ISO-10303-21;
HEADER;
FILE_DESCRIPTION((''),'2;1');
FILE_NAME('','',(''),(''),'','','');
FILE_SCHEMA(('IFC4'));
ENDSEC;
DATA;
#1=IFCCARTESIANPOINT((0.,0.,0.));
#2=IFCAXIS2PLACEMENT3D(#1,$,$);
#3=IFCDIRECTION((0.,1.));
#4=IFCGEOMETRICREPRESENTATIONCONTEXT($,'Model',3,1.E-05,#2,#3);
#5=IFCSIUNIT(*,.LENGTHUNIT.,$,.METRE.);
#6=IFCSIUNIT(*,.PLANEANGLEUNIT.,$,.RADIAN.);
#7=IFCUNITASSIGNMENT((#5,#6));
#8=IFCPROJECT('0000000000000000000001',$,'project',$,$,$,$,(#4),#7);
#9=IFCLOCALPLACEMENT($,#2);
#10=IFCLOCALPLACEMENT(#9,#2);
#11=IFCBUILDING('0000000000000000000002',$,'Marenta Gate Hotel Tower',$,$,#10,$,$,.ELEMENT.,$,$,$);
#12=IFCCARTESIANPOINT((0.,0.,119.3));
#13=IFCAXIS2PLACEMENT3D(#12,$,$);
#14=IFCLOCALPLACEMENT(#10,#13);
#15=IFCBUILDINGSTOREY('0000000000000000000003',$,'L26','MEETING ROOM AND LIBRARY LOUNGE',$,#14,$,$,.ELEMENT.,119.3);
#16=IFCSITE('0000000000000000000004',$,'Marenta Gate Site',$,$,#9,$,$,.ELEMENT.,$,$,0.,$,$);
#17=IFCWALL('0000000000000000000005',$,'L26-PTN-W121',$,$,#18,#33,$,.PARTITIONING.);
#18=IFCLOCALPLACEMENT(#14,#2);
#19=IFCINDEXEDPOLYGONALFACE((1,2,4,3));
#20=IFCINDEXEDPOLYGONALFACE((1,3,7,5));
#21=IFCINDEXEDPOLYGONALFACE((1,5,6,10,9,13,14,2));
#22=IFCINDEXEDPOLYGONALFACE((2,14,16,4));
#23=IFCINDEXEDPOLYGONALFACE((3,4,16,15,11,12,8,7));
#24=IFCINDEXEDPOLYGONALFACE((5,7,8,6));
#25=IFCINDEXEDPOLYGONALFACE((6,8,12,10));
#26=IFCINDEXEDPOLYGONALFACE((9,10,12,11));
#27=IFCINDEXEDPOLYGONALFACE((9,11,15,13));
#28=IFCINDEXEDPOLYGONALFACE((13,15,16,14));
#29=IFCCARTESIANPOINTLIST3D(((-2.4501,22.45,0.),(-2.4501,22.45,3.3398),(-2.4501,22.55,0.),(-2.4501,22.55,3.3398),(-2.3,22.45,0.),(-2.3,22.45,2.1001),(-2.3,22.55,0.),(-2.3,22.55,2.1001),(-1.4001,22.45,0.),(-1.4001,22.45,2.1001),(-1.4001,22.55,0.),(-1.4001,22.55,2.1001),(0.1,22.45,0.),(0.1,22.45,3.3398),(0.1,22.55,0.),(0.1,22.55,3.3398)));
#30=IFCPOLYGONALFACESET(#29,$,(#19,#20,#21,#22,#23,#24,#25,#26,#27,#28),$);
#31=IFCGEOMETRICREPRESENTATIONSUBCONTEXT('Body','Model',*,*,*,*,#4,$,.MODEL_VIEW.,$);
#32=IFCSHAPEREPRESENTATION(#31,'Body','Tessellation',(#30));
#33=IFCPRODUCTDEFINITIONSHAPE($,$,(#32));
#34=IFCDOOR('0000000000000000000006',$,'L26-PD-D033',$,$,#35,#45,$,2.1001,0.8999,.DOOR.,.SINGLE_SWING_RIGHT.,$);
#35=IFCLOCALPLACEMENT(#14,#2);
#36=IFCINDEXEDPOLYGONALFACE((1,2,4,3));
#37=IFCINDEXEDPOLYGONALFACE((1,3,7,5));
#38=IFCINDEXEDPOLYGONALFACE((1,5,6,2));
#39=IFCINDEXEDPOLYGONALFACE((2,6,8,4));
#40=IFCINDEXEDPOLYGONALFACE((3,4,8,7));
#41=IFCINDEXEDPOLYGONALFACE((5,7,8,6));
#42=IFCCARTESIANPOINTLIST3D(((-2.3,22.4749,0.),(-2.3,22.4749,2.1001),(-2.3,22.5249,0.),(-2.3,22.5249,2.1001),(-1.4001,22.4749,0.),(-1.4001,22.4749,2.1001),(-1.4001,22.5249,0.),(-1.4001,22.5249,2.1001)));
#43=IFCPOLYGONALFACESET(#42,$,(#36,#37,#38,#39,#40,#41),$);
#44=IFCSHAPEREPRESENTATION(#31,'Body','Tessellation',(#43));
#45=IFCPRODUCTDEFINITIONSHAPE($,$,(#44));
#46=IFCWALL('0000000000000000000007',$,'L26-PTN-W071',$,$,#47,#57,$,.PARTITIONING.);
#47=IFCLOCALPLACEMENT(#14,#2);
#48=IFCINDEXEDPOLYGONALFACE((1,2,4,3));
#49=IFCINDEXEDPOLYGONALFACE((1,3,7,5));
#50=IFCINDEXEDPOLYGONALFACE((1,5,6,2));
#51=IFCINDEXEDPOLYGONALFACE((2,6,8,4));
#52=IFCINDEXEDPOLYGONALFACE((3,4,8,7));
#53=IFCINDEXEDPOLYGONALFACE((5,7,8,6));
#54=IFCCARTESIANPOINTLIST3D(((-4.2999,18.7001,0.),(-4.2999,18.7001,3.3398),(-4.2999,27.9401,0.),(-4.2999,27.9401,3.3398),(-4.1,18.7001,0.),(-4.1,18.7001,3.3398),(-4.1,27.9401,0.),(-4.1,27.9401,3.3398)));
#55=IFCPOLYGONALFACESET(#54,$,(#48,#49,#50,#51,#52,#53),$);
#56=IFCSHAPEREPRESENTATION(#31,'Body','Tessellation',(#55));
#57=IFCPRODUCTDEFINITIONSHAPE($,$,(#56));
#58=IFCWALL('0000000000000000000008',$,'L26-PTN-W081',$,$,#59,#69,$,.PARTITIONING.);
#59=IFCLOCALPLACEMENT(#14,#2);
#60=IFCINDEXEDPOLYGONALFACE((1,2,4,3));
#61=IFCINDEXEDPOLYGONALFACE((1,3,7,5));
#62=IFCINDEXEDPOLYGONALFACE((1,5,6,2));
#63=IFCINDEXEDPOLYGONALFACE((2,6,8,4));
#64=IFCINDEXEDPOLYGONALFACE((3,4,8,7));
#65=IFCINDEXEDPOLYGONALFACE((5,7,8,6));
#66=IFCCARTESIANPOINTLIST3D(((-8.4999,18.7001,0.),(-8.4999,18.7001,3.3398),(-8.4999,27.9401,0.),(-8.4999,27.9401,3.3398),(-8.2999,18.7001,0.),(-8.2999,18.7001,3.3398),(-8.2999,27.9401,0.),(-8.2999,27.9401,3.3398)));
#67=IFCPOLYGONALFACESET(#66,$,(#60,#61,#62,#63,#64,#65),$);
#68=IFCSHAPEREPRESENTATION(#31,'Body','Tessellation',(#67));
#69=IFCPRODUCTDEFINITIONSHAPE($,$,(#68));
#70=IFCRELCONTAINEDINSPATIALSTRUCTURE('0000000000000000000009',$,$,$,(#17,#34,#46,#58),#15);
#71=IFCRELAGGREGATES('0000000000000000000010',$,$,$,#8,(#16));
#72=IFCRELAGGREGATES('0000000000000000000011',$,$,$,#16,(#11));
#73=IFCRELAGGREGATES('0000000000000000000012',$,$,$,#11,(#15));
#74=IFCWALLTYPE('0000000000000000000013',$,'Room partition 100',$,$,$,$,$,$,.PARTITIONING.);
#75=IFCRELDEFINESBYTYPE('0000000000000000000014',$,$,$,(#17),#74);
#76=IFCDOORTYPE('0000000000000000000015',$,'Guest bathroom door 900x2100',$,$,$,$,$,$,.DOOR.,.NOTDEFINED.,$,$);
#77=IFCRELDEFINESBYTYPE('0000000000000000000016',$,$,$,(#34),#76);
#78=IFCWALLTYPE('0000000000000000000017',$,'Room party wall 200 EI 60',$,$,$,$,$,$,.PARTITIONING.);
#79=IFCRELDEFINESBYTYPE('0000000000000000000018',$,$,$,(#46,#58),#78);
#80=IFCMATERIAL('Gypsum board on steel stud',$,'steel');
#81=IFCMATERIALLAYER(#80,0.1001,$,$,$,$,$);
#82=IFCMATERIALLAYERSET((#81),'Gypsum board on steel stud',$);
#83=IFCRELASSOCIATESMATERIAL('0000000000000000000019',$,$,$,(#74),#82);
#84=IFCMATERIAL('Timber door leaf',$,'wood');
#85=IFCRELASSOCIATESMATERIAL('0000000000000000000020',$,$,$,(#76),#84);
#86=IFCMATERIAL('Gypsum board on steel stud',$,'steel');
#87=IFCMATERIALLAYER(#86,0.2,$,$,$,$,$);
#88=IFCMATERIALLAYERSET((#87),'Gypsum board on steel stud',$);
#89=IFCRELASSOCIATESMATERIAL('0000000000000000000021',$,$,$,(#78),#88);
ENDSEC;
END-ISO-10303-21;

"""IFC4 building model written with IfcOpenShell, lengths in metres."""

from ifc_helpers import new_model, si_unit, direction, frame, frame_2d, origin, place, context, subcontext, project, spatial, rectangle, extrude, material, layer, layer_set, type_object, element, fill, save


model = new_model("IFC4")

# Units and contexts
model_context = context("Model", 3, precision=1e-05, world=origin(), true_north=direction((0.0, 1.0)))
body_context = subcontext(model_context, "Body", "Model", "MODEL_VIEW")
ifc_project = project(units=[si_unit("LENGTHUNIT", "METRE"), si_unit("PLANEANGLEUNIT", "RADIAN")], contexts=[model_context])

# Site, building, storey
site_placement = place(None, origin())
site = spatial("IfcSite", under=ifc_project, at=site_placement, Name="Marenta Gate Site", CompositionType="ELEMENT", RefElevation=0.0)
building_placement = place(site_placement, origin())
building = spatial("IfcBuilding", under=site, at=building_placement, Name="Marenta Gate Hotel Tower", CompositionType="ELEMENT")
storey_placement = place(building_placement, frame((0.0, 0.0, 119.3)))
storey = spatial("IfcBuildingStorey", under=building, at=storey_placement, Name="L26", Description="MEETING ROOM AND LIBRARY LOUNGE", CompositionType="ELEMENT", Elevation=119.3)

# Shared definitions
ifc_material_1 = material(Name="Gypsum board on steel stud", Category="steel")
ifc_layer_1 = layer(ifc_material_1, 0.1001)
ifc_layer_set_1 = layer_set([ifc_layer_1], Name="Gypsum board on steel stud")
wall_type_1 = type_object("IfcWallType", Name="Room partition 100", PredefinedType="PARTITIONING", material=ifc_layer_set_1)

# Wall, opening, door
ifc_material_2 = material(Name="Timber door leaf", Category="wood")
door_type_1 = type_object("IfcDoorType", Name="Guest bathroom door 900x2100", OperationType="NOTDEFINED", PredefinedType="DOOR", material=ifc_material_2)
wall_1_placement = place(storey_placement, frame((-2.45, 22.5, 0.0), z_axis=(0.0, 0.0, 1.0), x_axis=(1.0, 0.0, 0.0)))
wall_1 = element("IfcWall", 1, at=wall_1_placement, inside=storey, type_object=wall_type_1, Name="L26-PTN-W121", PredefinedType="PARTITIONING", context=body_context, shape_type="SweptSolid", body=[
    extrude(rectangle(XDim=2.55, YDim=0.1001, at=frame_2d((1.2749, 0.0))), origin(), (0.0, 0.0, 1.0), 3.3398),
])
opening_1_placement = place(wall_1_placement, frame((0.1499, 0.0, 0.0)))
opening_1 = element("IfcOpeningElement", 2, at=opening_1_placement, cuts=wall_1, PredefinedType="OPENING", context=body_context, shape_type="SweptSolid", body=[
    extrude(rectangle(XDim=0.8999, YDim=2.1001, at=frame_2d((0.45, 1.05))), frame((0.0, 0.05, 0.0), z_axis=(0.0, -1.0, 0.0), x_axis=(1.0, 0.0, 0.0)), (0.0, 0.0, 1.0), 0.1001),
])
door_1_placement = place(opening_1_placement, origin())
door_1 = element("IfcDoor", 3, at=door_1_placement, inside=storey, type_object=door_type_1, Name="L26-PD-D033", OperationType="SINGLE_SWING_RIGHT", OverallHeight=2.1001, OverallWidth=0.8999, PredefinedType="DOOR", context=body_context, shape_type="SweptSolid", body=[
    extrude(rectangle(XDim=0.8999, YDim=2.1001, at=frame_2d((0.45, 1.05))), frame((0.0, 0.0249, 0.0), z_axis=(0.0, -1.0, 0.0), x_axis=(1.0, 0.0, 0.0)), (0.0, 0.0, 1.0), 0.05),
])
fill(opening_1, door_1)

# Walls
ifc_material_3 = material(Name="Gypsum board on steel stud", Category="steel")
ifc_layer_2 = layer(ifc_material_3, 0.2)
ifc_layer_set_2 = layer_set([ifc_layer_2], Name="Gypsum board on steel stud")
wall_type_2 = type_object("IfcWallType", Name="Room party wall 200 EI 60", PredefinedType="PARTITIONING", material=ifc_layer_set_2)
for number, where, z_axis, x_axis, name in (
    (4, (-4.2, 18.7, 0.0), (0.0, 0.0, 1.0), (0.0, 1.0, 0.0), "L26-PTN-W071"),
    (5, (-8.3999, 18.7, 0.0), (0.0, 0.0, 1.0), (0.0, 1.0, 0.0), "L26-PTN-W081"),
):
    element("IfcWall", number, at=place(storey_placement, frame(where, z_axis=z_axis, x_axis=x_axis)), inside=storey, type_object=wall_type_2, Name=name, PredefinedType="PARTITIONING", context=body_context, shape_type="SweptSolid", body=[
        extrude(rectangle(XDim=9.24, YDim=0.2, at=frame_2d((4.6201, 0.0))), origin(), (0.0, 0.0, 1.0), 3.3398),
    ])

save(model, "model.ifc")
